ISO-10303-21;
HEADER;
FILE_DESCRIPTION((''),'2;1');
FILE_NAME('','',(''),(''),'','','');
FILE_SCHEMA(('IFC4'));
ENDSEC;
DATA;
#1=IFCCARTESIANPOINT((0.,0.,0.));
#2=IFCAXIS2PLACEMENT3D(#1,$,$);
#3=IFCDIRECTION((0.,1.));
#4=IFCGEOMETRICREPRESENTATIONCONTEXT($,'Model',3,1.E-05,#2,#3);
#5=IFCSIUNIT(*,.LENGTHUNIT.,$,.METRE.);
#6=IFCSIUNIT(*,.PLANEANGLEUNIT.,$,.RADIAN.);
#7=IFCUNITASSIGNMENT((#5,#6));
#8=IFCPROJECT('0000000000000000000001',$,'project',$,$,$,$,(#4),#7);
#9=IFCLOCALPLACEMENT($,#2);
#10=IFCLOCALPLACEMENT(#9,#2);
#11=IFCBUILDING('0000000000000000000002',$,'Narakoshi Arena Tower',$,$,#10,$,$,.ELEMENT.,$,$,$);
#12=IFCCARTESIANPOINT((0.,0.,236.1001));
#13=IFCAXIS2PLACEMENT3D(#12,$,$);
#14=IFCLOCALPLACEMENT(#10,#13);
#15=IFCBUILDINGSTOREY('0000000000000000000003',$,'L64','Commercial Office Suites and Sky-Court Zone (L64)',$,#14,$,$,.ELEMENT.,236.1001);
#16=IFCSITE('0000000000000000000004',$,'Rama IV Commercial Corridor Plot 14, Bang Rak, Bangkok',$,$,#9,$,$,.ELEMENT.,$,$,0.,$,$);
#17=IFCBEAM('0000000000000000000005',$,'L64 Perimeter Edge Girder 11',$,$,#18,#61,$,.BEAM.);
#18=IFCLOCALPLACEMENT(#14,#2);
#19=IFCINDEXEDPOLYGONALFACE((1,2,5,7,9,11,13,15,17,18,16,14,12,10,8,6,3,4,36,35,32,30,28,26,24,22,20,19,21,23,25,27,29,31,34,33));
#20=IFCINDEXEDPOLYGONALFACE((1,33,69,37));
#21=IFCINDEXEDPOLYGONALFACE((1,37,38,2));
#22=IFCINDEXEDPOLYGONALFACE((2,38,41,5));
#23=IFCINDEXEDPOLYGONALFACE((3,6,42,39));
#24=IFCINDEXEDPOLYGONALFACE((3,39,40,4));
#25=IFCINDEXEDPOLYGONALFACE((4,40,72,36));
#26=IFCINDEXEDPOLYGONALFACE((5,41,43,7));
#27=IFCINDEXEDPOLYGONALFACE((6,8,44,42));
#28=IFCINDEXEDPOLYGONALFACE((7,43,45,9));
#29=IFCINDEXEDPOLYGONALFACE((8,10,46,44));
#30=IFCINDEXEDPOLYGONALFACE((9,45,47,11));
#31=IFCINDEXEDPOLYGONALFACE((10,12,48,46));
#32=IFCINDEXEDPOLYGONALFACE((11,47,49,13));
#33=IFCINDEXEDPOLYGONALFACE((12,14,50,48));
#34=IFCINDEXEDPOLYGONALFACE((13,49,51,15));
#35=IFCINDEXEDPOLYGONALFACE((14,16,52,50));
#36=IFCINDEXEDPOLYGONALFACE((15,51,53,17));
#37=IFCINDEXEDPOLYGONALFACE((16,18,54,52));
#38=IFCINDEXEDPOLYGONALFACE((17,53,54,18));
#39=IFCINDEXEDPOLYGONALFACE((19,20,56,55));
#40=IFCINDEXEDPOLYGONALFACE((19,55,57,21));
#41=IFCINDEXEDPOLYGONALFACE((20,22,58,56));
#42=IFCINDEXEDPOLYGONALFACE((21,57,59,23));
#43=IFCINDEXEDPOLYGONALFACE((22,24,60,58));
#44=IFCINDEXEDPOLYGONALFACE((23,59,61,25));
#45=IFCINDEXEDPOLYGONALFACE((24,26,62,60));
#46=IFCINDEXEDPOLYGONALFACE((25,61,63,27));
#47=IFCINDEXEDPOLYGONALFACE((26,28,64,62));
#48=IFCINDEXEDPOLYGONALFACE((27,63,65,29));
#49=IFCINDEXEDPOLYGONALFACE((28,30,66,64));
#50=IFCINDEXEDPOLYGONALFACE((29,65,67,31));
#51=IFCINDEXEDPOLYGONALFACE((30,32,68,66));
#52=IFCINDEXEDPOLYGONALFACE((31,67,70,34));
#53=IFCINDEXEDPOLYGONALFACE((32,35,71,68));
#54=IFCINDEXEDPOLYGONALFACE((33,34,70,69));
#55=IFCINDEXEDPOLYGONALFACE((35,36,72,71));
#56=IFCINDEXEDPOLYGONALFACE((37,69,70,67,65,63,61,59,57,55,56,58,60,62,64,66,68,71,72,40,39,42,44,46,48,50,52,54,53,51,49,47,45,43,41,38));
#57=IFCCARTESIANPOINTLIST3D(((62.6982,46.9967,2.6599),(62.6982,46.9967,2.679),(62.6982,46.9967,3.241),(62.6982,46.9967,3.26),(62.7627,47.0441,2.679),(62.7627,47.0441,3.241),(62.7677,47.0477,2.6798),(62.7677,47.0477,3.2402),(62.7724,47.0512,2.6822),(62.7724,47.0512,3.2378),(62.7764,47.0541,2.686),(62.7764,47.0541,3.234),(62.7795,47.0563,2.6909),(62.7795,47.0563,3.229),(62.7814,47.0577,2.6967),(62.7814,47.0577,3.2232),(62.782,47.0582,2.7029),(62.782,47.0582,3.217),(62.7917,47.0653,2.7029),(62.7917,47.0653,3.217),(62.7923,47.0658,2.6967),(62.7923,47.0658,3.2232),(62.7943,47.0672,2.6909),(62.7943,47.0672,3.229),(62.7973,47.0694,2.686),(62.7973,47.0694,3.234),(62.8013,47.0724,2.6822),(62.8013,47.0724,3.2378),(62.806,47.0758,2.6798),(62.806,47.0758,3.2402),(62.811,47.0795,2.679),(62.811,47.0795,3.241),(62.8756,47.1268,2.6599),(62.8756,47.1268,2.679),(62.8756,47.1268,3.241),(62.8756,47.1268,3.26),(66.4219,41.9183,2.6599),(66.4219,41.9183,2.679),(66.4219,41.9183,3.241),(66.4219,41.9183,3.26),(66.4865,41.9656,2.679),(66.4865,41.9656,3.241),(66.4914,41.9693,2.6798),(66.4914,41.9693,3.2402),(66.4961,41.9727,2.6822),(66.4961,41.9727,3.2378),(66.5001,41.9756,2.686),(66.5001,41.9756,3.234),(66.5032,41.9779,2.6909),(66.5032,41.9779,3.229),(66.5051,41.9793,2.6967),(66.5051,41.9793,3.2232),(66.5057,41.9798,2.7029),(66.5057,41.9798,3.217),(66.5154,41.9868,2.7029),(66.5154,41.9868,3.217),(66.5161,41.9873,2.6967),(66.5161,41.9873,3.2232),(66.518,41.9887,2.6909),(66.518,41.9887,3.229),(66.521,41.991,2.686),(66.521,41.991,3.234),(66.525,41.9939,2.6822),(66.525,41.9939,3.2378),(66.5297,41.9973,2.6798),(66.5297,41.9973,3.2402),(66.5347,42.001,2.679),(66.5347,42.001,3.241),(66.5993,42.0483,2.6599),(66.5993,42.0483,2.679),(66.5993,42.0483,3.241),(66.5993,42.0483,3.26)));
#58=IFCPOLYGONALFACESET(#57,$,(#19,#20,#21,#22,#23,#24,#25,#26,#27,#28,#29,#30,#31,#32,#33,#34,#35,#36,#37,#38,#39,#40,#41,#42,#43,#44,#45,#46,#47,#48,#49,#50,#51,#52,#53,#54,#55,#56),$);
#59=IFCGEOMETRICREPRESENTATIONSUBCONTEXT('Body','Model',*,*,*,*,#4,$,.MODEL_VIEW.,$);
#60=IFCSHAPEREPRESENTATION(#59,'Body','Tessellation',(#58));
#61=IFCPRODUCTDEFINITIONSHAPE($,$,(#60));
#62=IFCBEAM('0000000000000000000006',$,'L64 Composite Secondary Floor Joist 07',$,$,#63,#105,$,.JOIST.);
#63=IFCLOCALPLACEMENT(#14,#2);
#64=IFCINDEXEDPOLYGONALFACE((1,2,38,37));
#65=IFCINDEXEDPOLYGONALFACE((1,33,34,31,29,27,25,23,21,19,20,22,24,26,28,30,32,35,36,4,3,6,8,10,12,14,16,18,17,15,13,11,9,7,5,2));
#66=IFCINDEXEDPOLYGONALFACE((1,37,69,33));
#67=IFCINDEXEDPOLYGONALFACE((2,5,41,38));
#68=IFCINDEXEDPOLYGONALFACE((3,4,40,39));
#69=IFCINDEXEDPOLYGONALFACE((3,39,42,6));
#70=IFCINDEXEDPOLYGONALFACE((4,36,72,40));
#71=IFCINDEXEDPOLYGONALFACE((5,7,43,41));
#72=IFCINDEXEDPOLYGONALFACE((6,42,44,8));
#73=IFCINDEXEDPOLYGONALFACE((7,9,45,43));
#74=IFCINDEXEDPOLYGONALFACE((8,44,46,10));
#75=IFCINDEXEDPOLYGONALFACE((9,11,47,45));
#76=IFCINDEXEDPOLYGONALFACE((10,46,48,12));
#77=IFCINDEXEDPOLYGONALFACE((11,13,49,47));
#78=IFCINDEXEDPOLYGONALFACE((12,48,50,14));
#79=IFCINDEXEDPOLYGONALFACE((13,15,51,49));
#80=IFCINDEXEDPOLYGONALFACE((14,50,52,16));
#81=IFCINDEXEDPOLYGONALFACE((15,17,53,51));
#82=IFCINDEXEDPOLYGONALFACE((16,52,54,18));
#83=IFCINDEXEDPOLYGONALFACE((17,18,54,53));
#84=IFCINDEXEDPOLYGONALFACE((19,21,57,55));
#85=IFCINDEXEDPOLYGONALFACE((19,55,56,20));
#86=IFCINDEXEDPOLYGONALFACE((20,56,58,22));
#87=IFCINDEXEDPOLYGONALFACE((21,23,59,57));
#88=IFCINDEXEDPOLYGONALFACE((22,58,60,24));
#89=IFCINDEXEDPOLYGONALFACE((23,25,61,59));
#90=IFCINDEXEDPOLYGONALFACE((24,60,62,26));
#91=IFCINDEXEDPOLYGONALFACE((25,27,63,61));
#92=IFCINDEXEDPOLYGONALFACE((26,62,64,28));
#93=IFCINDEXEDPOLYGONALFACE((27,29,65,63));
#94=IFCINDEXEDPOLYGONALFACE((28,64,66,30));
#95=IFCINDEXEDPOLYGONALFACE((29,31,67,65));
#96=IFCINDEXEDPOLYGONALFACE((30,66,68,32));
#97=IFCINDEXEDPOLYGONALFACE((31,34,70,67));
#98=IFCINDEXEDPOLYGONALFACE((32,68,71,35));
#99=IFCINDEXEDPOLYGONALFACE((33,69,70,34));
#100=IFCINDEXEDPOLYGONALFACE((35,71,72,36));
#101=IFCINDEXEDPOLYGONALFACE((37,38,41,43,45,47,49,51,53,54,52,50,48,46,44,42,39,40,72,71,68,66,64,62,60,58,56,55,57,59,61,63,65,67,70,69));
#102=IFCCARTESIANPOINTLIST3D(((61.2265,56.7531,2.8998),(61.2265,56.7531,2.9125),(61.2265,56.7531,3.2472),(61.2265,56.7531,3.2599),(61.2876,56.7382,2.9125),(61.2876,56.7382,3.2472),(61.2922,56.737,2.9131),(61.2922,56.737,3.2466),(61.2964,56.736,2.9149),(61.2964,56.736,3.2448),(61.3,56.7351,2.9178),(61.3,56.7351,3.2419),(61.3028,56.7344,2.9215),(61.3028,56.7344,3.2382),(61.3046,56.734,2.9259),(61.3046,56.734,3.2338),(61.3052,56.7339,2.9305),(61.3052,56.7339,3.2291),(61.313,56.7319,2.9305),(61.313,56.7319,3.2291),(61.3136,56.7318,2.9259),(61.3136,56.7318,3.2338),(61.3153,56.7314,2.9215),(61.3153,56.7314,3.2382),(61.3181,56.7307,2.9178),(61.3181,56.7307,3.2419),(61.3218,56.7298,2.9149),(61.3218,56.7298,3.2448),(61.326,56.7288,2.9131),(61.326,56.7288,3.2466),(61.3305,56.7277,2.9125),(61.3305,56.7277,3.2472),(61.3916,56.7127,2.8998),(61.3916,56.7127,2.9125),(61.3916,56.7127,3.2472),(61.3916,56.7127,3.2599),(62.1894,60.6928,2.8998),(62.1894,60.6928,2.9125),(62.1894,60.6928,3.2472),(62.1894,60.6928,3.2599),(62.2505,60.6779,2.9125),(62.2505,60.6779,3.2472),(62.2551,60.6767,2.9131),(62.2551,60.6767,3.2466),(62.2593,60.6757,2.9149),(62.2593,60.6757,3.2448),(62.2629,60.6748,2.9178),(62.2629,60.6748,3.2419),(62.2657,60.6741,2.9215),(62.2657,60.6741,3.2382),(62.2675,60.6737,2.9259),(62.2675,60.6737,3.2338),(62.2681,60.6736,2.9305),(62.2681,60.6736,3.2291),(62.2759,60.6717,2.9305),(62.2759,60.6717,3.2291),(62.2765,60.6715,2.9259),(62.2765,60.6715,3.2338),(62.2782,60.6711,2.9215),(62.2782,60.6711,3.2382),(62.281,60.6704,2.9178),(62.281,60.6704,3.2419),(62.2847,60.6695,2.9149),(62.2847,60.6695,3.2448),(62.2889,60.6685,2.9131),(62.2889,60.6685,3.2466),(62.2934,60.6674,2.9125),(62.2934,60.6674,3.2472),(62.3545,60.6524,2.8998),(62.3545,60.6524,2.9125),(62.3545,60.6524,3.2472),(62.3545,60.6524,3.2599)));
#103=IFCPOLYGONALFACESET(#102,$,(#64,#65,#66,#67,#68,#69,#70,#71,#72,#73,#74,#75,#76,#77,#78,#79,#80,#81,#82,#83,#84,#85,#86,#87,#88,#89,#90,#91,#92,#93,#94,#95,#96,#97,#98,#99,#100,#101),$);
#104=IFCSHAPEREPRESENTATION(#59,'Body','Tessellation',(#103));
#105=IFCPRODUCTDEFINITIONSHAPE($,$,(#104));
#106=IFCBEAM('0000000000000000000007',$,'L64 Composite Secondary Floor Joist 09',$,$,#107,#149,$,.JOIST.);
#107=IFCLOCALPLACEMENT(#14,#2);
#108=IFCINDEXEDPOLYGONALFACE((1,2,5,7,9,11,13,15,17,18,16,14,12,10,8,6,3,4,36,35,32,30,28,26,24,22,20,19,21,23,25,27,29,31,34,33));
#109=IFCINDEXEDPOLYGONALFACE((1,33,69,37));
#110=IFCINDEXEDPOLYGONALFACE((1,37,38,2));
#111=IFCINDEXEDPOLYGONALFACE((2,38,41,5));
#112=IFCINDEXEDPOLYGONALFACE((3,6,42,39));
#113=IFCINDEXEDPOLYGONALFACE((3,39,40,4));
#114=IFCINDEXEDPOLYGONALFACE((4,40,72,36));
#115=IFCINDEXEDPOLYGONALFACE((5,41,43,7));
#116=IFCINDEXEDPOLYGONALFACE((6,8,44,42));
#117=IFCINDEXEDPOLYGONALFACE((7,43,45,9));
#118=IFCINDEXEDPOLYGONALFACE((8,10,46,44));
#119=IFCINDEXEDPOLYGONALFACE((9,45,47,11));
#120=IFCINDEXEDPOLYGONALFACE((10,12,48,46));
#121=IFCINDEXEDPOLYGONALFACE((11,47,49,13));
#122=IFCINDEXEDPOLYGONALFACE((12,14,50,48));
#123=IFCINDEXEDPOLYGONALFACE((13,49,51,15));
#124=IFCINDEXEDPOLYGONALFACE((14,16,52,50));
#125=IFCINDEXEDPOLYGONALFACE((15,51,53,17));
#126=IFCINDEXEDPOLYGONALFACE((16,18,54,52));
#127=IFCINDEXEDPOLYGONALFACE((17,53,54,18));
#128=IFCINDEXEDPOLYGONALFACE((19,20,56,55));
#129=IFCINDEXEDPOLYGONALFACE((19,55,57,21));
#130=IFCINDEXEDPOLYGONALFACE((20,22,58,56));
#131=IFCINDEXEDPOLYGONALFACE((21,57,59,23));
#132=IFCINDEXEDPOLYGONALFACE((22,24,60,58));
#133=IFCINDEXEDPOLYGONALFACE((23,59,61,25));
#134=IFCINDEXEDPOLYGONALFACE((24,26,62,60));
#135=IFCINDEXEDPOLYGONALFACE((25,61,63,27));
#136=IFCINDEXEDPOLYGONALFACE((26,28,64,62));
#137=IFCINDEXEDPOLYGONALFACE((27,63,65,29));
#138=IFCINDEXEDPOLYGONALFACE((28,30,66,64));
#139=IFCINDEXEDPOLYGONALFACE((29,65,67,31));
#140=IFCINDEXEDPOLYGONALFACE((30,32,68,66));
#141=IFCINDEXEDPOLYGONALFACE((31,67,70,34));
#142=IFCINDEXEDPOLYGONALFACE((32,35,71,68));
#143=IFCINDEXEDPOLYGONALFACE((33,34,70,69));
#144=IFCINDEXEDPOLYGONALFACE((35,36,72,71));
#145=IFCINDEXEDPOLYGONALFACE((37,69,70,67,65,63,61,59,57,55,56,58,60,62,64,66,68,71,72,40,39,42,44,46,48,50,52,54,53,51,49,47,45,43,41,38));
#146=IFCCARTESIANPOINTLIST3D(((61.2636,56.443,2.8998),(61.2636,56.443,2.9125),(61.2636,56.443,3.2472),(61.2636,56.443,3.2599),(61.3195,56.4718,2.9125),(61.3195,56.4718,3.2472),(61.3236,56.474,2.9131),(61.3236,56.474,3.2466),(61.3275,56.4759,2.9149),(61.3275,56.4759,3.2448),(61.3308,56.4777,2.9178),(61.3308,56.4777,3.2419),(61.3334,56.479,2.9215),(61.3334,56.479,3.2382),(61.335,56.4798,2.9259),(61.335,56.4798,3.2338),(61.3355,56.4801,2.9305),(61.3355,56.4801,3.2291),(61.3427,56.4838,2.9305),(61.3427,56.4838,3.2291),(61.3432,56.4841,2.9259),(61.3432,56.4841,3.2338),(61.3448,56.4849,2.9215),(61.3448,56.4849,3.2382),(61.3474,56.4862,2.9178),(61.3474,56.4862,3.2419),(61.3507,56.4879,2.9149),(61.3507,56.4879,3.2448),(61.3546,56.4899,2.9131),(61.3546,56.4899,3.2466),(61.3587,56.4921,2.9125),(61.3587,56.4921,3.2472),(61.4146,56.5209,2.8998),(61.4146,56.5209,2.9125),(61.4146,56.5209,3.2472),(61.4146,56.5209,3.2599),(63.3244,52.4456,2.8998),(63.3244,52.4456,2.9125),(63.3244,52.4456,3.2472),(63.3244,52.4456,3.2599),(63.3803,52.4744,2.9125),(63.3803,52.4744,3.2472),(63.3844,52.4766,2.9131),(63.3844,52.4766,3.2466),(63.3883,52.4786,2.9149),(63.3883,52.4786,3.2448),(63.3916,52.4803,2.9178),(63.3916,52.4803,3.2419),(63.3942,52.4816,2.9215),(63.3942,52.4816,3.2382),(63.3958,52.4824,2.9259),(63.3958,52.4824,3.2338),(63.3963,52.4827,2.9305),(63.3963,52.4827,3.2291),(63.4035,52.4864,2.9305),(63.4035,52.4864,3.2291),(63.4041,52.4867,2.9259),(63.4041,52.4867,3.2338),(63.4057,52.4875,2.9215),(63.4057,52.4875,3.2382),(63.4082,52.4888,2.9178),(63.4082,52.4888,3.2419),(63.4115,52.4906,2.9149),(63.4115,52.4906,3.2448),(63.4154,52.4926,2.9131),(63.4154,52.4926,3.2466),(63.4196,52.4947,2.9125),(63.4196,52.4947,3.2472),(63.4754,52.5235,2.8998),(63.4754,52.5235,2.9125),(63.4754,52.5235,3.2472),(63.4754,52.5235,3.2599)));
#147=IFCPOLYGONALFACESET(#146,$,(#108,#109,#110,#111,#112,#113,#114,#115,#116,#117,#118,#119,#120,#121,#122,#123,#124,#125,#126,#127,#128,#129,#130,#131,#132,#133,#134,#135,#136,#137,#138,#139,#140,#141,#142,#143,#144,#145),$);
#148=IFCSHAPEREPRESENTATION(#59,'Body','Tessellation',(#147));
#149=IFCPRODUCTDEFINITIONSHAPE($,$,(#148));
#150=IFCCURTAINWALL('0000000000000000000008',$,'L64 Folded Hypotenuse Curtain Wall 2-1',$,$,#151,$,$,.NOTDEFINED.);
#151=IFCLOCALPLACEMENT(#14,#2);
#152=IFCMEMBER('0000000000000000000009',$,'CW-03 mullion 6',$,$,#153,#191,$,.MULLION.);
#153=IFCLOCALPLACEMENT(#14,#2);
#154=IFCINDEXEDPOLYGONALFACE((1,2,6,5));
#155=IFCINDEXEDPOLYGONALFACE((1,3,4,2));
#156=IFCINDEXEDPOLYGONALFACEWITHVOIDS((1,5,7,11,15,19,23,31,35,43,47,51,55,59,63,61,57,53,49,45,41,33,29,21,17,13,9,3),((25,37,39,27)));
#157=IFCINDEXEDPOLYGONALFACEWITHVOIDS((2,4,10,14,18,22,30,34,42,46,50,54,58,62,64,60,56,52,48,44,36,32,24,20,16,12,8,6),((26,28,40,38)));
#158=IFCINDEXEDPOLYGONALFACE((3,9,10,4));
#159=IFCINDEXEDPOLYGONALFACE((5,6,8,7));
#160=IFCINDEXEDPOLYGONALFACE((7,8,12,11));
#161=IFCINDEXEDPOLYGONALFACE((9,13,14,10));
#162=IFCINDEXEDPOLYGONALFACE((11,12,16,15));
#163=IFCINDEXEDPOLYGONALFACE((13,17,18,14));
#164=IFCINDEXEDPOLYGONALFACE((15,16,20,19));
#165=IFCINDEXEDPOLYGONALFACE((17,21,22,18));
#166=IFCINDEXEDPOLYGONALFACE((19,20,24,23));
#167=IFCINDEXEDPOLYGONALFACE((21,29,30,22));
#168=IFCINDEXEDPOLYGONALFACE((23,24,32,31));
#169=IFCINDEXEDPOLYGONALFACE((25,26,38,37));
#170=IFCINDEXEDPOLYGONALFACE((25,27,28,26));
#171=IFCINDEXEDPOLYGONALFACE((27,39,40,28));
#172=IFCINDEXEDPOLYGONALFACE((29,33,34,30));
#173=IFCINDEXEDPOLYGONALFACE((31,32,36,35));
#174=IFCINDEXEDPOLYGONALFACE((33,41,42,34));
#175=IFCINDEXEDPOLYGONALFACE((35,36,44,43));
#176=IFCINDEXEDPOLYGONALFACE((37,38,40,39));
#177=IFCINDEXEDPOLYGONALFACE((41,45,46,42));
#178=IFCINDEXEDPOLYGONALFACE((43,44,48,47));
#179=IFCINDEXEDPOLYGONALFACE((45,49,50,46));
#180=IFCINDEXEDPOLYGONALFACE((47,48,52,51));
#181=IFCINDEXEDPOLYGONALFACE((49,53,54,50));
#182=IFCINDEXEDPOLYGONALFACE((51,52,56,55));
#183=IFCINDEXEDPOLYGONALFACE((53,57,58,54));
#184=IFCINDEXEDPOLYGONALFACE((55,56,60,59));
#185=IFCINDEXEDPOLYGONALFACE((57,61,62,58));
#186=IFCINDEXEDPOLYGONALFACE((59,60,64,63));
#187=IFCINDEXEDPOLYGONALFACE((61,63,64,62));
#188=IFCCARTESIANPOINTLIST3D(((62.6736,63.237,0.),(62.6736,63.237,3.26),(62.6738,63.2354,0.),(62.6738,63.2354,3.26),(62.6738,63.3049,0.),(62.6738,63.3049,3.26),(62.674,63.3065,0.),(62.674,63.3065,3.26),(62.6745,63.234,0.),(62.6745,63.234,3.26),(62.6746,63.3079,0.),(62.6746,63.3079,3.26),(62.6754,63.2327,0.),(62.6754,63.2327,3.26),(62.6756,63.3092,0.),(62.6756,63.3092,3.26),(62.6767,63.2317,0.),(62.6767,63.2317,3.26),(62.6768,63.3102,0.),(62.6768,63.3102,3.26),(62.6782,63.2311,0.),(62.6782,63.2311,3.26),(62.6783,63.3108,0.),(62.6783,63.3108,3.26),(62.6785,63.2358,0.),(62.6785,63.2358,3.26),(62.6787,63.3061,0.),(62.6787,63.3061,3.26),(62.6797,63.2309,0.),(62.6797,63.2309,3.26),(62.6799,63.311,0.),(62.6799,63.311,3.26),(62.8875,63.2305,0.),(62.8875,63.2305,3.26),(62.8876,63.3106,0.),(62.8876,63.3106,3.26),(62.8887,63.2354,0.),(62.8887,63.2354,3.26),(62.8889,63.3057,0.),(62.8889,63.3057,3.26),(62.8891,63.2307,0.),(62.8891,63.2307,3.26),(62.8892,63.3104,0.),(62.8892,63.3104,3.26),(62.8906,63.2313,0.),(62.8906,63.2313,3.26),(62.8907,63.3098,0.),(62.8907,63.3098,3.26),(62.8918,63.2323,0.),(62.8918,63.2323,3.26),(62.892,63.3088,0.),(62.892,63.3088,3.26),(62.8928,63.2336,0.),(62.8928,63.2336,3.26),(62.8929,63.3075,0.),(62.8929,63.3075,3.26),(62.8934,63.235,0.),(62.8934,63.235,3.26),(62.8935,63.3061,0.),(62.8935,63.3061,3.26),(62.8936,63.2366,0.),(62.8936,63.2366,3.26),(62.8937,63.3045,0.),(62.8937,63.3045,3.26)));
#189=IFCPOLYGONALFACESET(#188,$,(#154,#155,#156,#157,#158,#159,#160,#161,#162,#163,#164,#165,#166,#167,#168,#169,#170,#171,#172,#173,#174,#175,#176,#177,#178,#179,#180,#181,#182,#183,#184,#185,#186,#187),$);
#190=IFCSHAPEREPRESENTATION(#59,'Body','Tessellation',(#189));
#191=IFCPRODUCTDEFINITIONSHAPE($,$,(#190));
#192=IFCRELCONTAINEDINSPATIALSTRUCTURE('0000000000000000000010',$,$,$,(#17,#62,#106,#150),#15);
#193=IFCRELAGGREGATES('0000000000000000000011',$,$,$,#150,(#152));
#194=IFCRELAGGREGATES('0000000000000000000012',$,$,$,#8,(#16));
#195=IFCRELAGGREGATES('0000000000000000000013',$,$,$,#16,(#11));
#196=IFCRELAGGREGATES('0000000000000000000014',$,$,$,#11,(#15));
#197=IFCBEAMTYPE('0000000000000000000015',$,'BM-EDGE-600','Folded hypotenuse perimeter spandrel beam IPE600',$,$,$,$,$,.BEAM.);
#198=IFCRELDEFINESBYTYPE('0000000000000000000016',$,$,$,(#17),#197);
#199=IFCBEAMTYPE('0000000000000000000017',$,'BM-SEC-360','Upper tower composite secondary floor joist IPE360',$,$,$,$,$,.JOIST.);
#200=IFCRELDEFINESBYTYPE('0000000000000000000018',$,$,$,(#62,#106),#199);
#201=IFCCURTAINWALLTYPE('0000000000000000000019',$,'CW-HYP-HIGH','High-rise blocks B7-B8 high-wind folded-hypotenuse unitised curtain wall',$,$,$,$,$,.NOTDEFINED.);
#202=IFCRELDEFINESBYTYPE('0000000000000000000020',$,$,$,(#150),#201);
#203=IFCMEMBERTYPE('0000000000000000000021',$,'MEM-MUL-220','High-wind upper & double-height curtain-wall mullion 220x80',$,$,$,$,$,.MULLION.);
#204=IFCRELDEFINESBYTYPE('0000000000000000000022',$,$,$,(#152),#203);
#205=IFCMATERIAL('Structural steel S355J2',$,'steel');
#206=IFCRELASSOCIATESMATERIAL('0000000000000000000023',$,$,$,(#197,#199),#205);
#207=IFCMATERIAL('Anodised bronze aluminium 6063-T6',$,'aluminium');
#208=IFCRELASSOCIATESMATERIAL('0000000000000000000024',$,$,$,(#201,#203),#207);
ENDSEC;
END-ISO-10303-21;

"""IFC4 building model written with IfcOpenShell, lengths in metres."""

from ifc_helpers import new_model, si_unit, direction, frame, origin, origin_2d, place, context, subcontext, project, spatial, hollow_rectangle, i_section, extrude, material, material_profile, profile_set, type_object, element, aggregate, save


model = new_model("IFC4")

# Units and contexts
model_context = context("Model", 3, precision=1e-05, world=origin(), true_north=direction((0.0, 1.0)))
body_context = subcontext(model_context, "Body", "Model", "MODEL_VIEW")
ifc_project = project(units=[si_unit("LENGTHUNIT", "METRE"), si_unit("PLANEANGLEUNIT", "RADIAN")], contexts=[model_context])

# Site, building, storey
site_placement = place(None, origin())
site = spatial("IfcSite", under=ifc_project, at=site_placement, Name="Rama IV Commercial Corridor Plot 14, Bang Rak, Bangkok", CompositionType="ELEMENT", RefElevation=0.0)
building_placement = place(site_placement, origin())
building = spatial("IfcBuilding", under=site, at=building_placement, Name="Narakoshi Arena Tower", CompositionType="ELEMENT")
storey_placement = place(building_placement, frame((0.0, 0.0, 236.1001)))
storey = spatial("IfcBuildingStorey", under=building, at=storey_placement, Name="L64", Description="Commercial Office Suites and Sky-Court Zone (L64)", CompositionType="ELEMENT", Elevation=236.1001)

# Beams
ifc_material_1 = material(Name="Structural steel S355J2", Category="steel")
ifc_material_profile_1 = material_profile(ifc_material_1, i_section(OverallWidth=0.22, OverallDepth=0.6001, WebThickness=0.012, FlangeThickness=0.019, FilletRadius=0.0239, at=origin_2d()), Name="IPE600")
ifc_profile_set_1 = profile_set([ifc_material_profile_1], Name="Structural steel S355J2")
beam_type_1 = type_object("IfcBeamType", Name="BM-EDGE-600", Description="Folded hypotenuse perimeter spandrel beam IPE600", PredefinedType="BEAM", material=ifc_profile_set_1)
for number, where, z_axis, x_axis, name in (
    (1, (62.7869, 47.0618, 2.96), (0.591312, -0.806443, 0.0), (0.806443, 0.591312, 0.0), "L64 Perimeter Edge Girder 11"),
):
    element("IfcBeam", number, at=place(storey_placement, frame(where, z_axis=z_axis, x_axis=x_axis)), inside=storey, type_object=beam_type_1, Name=name, PredefinedType="BEAM", context=body_context, shape_type="SweptSolid", body=[
        extrude(i_section(OverallWidth=0.22, OverallDepth=0.6001, WebThickness=0.012, FlangeThickness=0.019, FilletRadius=0.0239, at=origin_2d()), origin(), (0.0, 0.0, 1.0), 6.2974),
    ])
ifc_material_profile_2 = material_profile(ifc_material_1, i_section(OverallWidth=0.1699, OverallDepth=0.3601, WebThickness=0.0081, FlangeThickness=0.0127, FilletRadius=0.0181, at=origin_2d()), Name="IPE360")
ifc_profile_set_2 = profile_set([ifc_material_profile_2], Name="Structural steel S355J2")
beam_type_2 = type_object("IfcBeamType", Name="BM-SEC-360", Description="Upper tower composite secondary floor joist IPE360", PredefinedType="JOIST", material=ifc_profile_set_2)
beam_1_placement = place(storey_placement, frame((62.272, 60.6726, 3.0798), z_axis=(-0.237419, -0.971407, 0.0), x_axis=(0.971407, -0.237419, 0.0)))
element("IfcBeam", 2, at=beam_1_placement, inside=storey, type_object=beam_type_2, Name="L64 Composite Secondary Floor Joist 07", PredefinedType="JOIST", context=body_context, shape_type="SweptSolid", body=[
    extrude(i_section(OverallWidth=0.1699, OverallDepth=0.3601, WebThickness=0.0081, FlangeThickness=0.0127, FilletRadius=0.0181, at=origin_2d()), origin(), (0.0, 0.0, 1.0), 4.0557),
])
beam_2_placement = place(storey_placement, frame((61.3391, 56.4819, 3.0798), z_axis=(0.458232, -0.888833, 0.0), x_axis=(0.888833, 0.458232, 0.0)))
element("IfcBeam", 3, at=beam_2_placement, inside=storey, type_object=beam_type_2, Name="L64 Composite Secondary Floor Joist 09", PredefinedType="JOIST", context=body_context, shape_type="SweptSolid", body=[
    extrude(i_section(OverallWidth=0.1699, OverallDepth=0.3601, WebThickness=0.0081, FlangeThickness=0.0127, FilletRadius=0.0181, at=origin_2d()), origin(), (0.0, 0.0, 1.0), 4.4973),
])

# Curtain wall, member
ifc_material_2 = material(Name="Anodised bronze aluminium 6063-T6", Category="aluminium")
curtain_wall_type = type_object("IfcCurtainWallType", Name="CW-HYP-HIGH", Description="High-rise blocks B7-B8 high-wind folded-hypotenuse unitised curtain wall", PredefinedType="NOTDEFINED", material=ifc_material_2)
curtain_wall_placement = place(storey_placement, origin())
curtain_wall = element("IfcCurtainWall", 4, at=curtain_wall_placement, inside=storey, type_object=curtain_wall_type, Name="L64 Folded Hypotenuse Curtain Wall 2-1", PredefinedType="NOTDEFINED")
ifc_material_profile_3 = material_profile(ifc_material_2, hollow_rectangle(XDim=0.0801, YDim=0.22, WallThickness=0.0049, OuterFilletRadius=0.0061, at=origin_2d()), Name="MUL220x80x5")
ifc_profile_set_3 = profile_set([ifc_material_profile_3], Name="Anodised bronze aluminium 6063-T6")
member_type_1 = type_object("IfcMemberType", Name="MEM-MUL-220", Description="High-wind upper & double-height curtain-wall mullion 220x80", PredefinedType="MULLION", material=ifc_profile_set_3)
member_1_placement = place(storey_placement, frame((62.7837, 63.2708, 0.0), z_axis=(0.0, 0.0, 1.0), x_axis=(-0.00182, -0.999998, 0.0)))
member_1 = element("IfcMember", 5, at=member_1_placement, type_object=member_type_1, Name="CW-03 mullion 6", PredefinedType="MULLION", context=body_context, shape_type="SweptSolid", body=[
    extrude(hollow_rectangle(XDim=0.0801, YDim=0.22, WallThickness=0.0049, OuterFilletRadius=0.0061, at=origin_2d()), origin(), (0.0, 0.0, 1.0), 3.26),
])
aggregate(curtain_wall, [member_1])

save(model, "model.ifc")
